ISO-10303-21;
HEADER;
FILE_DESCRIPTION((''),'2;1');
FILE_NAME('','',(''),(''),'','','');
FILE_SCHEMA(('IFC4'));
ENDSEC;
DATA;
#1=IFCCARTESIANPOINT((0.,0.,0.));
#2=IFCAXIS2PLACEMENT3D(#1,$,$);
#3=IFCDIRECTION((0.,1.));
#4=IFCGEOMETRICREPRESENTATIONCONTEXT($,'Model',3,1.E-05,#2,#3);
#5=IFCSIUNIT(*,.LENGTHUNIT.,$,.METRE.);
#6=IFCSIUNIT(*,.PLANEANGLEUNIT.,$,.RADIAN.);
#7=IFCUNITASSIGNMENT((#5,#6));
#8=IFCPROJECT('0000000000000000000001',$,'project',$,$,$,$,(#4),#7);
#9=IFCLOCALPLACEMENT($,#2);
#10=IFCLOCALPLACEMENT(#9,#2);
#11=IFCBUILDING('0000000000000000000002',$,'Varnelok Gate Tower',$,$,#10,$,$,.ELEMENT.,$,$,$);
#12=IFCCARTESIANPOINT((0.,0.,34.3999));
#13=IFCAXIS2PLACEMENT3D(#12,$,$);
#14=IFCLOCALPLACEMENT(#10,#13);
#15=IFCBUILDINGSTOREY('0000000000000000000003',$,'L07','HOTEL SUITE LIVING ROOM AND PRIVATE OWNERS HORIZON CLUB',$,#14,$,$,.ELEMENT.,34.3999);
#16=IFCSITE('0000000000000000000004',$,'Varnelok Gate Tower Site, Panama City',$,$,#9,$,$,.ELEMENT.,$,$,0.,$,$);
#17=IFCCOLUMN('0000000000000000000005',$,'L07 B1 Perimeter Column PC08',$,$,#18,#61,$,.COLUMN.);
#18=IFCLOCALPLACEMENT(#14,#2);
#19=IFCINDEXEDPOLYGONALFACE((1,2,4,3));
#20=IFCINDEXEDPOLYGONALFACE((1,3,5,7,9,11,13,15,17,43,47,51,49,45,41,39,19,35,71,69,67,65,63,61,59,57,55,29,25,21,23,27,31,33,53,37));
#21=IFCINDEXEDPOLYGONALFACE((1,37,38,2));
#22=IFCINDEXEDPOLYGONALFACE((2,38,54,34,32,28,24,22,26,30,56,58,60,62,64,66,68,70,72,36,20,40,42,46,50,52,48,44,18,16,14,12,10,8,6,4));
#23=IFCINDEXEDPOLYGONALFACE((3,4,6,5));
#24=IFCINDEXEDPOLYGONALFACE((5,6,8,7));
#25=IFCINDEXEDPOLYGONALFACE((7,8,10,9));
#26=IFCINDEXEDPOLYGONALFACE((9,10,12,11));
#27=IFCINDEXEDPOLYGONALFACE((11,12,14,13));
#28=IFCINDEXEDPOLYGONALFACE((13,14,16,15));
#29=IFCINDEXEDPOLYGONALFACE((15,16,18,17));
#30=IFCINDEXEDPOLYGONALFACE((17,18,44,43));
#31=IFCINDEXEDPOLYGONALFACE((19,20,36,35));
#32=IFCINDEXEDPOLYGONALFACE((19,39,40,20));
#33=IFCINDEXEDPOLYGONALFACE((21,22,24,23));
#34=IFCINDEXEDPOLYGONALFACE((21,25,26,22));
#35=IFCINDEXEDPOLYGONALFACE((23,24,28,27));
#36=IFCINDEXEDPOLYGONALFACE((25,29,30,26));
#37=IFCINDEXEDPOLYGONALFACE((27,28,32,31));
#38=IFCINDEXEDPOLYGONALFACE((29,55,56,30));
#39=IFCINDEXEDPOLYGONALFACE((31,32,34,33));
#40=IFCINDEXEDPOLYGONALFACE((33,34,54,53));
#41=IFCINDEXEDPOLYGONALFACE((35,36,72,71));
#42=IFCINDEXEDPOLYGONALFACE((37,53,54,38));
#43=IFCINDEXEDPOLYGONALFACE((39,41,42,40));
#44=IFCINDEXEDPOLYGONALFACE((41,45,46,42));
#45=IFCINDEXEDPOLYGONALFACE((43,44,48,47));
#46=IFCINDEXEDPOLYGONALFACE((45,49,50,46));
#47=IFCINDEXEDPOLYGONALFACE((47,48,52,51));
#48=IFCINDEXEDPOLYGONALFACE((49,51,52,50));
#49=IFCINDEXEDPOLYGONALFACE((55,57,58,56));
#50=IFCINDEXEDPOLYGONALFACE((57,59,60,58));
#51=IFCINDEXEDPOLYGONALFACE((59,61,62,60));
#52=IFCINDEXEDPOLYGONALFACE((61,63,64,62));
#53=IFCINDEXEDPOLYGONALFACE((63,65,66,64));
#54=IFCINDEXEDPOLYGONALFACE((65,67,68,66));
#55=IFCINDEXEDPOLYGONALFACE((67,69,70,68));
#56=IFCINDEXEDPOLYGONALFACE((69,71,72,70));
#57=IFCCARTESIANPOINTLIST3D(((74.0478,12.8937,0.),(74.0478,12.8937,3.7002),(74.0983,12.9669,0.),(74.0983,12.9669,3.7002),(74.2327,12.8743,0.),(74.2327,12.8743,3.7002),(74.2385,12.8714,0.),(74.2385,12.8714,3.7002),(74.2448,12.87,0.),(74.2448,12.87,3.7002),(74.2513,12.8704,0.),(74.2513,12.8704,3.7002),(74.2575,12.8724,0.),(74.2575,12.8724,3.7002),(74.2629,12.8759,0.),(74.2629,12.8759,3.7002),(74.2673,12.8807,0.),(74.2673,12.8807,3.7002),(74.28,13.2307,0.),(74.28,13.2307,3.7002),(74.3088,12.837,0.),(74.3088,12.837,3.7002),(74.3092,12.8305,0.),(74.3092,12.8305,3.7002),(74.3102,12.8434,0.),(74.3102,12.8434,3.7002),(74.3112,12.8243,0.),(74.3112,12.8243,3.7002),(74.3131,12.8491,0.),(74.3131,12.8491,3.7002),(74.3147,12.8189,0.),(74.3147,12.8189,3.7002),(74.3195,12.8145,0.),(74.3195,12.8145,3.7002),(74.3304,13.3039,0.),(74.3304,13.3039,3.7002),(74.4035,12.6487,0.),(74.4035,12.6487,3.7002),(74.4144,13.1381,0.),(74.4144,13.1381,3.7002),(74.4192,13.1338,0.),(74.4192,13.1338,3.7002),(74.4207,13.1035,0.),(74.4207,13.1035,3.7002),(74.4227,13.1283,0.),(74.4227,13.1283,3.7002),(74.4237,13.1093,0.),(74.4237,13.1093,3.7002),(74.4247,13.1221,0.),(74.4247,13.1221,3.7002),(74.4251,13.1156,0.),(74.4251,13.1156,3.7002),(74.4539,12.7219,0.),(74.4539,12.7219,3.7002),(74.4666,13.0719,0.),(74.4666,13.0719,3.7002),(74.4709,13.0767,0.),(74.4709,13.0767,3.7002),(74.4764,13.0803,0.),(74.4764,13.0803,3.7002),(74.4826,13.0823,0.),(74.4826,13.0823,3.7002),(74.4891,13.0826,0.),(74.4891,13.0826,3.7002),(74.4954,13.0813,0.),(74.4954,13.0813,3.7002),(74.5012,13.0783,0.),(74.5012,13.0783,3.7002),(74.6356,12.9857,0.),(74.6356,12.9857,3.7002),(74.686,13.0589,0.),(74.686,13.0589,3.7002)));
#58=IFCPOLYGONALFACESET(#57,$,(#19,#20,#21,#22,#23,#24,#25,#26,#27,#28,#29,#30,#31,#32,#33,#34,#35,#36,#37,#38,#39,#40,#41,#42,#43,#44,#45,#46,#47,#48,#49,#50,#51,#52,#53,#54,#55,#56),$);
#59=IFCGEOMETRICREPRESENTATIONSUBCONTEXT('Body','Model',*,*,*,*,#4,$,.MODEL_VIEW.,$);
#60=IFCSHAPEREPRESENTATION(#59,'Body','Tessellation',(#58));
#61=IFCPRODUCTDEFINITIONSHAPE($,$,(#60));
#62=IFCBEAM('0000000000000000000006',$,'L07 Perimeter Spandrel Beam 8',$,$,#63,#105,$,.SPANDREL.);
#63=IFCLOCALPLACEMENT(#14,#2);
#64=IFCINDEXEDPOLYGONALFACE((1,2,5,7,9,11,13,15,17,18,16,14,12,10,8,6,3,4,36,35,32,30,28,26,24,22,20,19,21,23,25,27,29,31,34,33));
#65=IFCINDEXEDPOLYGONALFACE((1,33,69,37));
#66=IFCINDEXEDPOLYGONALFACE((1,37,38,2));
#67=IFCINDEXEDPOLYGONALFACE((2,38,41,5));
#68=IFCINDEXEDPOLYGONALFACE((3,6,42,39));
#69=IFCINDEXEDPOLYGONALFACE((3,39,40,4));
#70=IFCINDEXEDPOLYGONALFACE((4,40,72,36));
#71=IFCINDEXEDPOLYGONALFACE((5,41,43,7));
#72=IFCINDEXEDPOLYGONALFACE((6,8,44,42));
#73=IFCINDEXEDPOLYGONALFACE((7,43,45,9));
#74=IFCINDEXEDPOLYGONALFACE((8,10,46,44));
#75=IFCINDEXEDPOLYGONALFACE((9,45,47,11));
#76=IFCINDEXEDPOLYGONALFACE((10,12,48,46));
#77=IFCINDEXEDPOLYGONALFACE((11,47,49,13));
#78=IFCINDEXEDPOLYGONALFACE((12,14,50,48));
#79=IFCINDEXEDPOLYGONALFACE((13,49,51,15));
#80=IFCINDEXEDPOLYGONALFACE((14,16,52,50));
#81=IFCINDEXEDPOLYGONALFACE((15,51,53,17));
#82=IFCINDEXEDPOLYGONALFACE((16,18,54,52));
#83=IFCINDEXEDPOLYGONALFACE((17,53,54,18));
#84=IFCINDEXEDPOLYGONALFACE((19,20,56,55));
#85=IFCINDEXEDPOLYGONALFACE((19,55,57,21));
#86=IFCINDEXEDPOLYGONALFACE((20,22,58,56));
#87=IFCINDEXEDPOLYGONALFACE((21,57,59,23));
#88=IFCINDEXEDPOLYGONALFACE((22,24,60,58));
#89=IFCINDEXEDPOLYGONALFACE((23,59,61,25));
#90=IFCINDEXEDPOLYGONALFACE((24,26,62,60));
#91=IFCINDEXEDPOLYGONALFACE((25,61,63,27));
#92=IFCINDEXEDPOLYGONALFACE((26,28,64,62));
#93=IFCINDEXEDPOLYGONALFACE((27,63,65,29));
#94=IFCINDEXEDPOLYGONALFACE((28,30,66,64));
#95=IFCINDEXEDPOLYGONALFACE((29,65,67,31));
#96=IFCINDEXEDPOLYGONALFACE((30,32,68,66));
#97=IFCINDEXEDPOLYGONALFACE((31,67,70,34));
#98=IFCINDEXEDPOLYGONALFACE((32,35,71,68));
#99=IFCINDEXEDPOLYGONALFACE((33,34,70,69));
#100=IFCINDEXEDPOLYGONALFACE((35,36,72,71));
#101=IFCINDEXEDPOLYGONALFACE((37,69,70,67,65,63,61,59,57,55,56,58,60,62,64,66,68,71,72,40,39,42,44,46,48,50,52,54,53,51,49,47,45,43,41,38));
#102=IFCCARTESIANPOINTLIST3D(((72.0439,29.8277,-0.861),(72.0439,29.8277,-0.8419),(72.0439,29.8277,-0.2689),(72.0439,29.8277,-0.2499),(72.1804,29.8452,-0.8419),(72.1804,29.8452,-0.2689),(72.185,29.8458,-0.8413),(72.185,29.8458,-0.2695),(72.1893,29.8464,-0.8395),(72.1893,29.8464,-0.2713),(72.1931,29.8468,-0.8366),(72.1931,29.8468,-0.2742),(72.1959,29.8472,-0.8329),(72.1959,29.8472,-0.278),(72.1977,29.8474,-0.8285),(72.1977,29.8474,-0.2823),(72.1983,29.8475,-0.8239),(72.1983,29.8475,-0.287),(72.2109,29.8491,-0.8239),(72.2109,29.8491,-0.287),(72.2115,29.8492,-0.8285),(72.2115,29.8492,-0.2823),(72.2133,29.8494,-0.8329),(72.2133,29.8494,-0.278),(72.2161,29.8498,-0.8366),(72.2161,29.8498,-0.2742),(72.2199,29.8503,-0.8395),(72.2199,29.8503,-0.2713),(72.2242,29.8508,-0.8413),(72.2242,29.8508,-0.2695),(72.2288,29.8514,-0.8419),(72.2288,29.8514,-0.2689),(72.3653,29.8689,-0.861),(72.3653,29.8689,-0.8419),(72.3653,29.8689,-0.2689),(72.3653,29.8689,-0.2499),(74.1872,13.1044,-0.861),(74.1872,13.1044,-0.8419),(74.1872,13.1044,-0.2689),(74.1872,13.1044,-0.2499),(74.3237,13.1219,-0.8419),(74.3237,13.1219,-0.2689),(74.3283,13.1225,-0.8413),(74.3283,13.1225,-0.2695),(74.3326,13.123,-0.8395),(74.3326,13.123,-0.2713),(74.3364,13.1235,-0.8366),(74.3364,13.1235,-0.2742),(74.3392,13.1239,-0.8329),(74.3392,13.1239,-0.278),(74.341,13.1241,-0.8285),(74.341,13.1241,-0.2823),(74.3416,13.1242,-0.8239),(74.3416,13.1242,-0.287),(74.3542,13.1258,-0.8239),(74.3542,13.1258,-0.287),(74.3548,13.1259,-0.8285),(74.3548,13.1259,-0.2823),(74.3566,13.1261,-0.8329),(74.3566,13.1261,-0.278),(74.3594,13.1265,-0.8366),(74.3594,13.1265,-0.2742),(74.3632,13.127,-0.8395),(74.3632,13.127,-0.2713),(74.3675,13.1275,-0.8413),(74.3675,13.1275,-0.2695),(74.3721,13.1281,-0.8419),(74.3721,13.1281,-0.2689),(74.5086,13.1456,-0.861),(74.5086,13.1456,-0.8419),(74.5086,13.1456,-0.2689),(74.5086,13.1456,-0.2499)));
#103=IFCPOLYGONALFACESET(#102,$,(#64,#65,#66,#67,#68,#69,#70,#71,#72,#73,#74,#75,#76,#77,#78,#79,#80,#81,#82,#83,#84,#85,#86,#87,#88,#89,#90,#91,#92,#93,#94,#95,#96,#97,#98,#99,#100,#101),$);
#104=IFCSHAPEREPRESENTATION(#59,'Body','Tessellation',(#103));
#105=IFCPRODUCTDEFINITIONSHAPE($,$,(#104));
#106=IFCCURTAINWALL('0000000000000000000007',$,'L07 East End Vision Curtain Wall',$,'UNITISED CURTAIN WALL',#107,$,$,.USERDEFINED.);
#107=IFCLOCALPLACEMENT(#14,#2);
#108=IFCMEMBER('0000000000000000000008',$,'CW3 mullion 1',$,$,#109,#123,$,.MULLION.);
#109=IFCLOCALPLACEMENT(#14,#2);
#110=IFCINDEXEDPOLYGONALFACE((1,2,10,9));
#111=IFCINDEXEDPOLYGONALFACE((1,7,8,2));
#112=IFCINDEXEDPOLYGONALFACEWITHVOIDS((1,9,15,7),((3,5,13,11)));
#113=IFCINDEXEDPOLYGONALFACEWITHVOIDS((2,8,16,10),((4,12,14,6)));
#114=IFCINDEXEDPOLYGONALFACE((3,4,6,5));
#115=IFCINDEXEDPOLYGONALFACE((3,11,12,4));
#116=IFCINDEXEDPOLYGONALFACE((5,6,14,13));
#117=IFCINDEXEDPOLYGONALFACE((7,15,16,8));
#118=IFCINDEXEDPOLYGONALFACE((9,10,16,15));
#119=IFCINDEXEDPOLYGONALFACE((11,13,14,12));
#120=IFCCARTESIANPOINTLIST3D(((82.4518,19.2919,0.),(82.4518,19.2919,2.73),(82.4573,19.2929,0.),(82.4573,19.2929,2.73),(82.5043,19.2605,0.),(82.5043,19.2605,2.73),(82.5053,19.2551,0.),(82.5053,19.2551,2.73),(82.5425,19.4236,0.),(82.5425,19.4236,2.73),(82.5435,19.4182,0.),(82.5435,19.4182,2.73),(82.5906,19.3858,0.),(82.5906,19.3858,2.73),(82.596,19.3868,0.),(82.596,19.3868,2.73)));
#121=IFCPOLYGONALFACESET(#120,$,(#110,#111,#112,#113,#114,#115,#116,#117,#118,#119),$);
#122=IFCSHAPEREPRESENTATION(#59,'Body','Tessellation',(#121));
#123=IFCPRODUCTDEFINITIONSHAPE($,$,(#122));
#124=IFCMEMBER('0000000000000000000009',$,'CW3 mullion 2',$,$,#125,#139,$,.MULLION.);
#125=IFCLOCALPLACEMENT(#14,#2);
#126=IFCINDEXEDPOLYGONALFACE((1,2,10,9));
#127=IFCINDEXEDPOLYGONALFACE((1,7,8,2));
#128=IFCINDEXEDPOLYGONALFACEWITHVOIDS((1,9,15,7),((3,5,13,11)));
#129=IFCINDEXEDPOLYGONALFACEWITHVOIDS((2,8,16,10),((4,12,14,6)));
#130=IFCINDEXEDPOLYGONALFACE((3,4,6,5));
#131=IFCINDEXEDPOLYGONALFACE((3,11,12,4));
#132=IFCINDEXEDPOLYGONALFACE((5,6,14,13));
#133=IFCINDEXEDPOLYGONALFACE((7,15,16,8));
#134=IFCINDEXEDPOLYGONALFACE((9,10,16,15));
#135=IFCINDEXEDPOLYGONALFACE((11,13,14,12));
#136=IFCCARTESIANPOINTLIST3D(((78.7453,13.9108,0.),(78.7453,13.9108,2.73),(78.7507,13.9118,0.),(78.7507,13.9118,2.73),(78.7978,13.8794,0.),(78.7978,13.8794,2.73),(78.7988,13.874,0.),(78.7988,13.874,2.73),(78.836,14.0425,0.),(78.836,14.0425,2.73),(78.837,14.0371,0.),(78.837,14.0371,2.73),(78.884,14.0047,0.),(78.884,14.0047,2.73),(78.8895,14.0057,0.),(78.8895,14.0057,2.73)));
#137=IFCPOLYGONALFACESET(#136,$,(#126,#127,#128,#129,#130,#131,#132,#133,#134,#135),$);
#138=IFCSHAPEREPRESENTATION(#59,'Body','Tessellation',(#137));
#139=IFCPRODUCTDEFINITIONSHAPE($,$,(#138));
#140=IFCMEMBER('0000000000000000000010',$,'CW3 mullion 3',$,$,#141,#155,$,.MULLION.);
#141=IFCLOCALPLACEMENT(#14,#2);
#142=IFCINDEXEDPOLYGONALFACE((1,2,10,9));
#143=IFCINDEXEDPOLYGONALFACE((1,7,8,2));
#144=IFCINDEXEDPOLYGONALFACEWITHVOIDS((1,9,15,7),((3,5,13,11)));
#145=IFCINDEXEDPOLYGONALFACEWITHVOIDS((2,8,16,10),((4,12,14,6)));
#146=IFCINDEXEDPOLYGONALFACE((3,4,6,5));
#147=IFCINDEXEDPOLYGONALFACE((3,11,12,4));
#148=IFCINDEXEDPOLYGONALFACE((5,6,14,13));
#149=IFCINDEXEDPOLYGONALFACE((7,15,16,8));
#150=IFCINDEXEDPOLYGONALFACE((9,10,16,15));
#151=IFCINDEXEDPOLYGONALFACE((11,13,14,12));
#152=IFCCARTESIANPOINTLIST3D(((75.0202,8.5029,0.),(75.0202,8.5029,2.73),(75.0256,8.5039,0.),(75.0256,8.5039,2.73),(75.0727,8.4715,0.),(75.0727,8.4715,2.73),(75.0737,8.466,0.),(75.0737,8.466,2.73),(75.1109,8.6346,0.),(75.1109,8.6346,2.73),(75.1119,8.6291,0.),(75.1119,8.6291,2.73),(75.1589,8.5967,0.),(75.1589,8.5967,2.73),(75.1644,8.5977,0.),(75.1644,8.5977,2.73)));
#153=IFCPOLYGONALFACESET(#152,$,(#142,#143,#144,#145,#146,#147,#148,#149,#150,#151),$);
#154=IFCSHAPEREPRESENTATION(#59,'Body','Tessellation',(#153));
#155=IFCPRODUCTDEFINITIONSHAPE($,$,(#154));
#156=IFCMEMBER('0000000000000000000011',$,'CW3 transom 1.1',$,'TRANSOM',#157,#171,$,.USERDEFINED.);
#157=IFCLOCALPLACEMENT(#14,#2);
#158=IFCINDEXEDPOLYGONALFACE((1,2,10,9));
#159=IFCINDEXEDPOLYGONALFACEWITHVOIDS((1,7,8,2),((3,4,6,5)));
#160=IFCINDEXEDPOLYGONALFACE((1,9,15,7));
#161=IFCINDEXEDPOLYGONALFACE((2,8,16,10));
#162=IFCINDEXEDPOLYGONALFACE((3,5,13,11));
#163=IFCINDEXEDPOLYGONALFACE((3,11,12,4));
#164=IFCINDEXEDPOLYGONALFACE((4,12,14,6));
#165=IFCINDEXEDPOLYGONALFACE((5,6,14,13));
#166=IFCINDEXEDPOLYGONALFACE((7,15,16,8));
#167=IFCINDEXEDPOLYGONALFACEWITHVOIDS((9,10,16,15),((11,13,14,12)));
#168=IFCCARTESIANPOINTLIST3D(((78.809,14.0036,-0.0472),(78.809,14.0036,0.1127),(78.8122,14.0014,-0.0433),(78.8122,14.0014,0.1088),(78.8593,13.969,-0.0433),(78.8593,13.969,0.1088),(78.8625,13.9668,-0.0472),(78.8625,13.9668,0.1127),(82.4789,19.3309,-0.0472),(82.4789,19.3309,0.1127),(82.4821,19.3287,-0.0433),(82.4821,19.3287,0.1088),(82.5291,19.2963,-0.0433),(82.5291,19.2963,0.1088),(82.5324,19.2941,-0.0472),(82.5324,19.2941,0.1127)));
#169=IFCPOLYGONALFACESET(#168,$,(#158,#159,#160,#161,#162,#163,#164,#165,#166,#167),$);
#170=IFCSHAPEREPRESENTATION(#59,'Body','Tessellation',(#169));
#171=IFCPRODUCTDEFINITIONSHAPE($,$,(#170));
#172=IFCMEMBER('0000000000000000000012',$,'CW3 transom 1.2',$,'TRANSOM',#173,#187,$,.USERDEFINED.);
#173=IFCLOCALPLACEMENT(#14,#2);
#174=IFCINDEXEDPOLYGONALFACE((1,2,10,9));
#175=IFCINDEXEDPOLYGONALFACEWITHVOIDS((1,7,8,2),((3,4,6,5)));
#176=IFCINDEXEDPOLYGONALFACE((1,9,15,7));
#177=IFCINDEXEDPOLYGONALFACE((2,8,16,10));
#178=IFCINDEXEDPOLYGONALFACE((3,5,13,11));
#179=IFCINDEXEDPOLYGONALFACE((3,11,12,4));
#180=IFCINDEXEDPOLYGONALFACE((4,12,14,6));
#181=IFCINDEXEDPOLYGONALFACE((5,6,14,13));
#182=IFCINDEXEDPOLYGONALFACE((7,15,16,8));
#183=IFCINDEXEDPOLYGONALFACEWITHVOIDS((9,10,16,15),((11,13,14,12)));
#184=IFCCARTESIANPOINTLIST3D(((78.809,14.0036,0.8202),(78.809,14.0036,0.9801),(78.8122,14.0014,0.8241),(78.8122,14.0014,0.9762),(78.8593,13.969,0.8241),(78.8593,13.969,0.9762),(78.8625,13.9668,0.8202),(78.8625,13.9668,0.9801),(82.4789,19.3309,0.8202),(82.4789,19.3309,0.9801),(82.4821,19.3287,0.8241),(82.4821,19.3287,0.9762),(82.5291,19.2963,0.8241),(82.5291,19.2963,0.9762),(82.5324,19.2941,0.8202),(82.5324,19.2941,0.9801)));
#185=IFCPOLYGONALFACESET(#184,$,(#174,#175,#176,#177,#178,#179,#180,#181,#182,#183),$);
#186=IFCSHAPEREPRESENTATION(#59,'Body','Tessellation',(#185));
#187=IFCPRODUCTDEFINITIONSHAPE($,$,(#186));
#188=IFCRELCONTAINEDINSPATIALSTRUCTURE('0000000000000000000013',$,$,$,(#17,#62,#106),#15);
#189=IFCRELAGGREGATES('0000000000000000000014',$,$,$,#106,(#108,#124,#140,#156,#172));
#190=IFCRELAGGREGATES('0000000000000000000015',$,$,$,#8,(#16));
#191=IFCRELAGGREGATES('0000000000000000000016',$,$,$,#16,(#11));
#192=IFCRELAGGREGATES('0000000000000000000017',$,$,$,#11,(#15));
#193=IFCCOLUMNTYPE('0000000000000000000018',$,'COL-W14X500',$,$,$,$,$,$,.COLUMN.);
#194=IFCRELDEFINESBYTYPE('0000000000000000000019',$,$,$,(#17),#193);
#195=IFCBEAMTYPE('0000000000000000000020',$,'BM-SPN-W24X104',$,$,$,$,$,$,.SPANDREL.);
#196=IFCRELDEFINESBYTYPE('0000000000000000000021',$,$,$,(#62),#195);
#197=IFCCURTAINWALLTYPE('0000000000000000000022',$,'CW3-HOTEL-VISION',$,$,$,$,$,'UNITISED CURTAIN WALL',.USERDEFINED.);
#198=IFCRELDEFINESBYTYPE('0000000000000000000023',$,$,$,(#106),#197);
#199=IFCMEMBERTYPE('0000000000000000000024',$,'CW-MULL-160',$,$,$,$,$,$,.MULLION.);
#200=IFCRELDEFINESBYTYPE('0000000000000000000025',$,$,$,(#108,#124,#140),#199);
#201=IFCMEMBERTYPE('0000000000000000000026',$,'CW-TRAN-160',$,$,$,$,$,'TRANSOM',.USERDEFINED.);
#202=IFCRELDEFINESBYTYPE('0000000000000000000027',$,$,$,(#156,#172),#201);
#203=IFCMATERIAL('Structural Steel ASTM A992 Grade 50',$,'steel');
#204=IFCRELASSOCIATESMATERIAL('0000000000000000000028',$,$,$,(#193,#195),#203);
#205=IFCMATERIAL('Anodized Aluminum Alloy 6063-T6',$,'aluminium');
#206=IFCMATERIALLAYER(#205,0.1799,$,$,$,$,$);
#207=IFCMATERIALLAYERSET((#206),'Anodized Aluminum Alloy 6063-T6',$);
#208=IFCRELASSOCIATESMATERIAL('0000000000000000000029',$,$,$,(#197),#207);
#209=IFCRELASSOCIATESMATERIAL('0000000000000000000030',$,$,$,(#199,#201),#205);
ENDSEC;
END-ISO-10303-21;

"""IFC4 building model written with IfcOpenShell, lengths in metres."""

from ifc_helpers import new_model, si_unit, direction, frame, origin, origin_2d, place, context, subcontext, project, spatial, hollow_rectangle, i_section, extrude, material, layer, layer_set, material_profile, profile_set, type_object, element, aggregate, save


model = new_model("IFC4")

# Units and contexts
model_context = context("Model", 3, precision=1e-05, world=origin(), true_north=direction((0.0, 1.0)))
body_context = subcontext(model_context, "Body", "Model", "MODEL_VIEW")
ifc_project = project(units=[si_unit("LENGTHUNIT", "METRE"), si_unit("PLANEANGLEUNIT", "RADIAN")], contexts=[model_context])

# Site, building, storey
site_placement = place(None, origin())
site = spatial("IfcSite", under=ifc_project, at=site_placement, Name="Varnelok Gate Tower Site, Panama City", CompositionType="ELEMENT", RefElevation=0.0)
building_placement = place(site_placement, origin())
building = spatial("IfcBuilding", under=site, at=building_placement, Name="Varnelok Gate Tower", CompositionType="ELEMENT")
storey_placement = place(building_placement, frame((0.0, 0.0, 34.3999)))
storey = spatial("IfcBuildingStorey", under=building, at=storey_placement, Name="L07", Description="HOTEL SUITE LIVING ROOM AND PRIVATE OWNERS HORIZON CLUB", CompositionType="ELEMENT", Elevation=34.3999)

# Column
ifc_material_1 = material(Name="Structural Steel ASTM A992 Grade 50", Category="steel")
ifc_material_profile_1 = material_profile(ifc_material_1, i_section(OverallWidth=0.4319, OverallDepth=0.498, WebThickness=0.0557, FlangeThickness=0.0889, FilletRadius=0.0249, at=origin_2d()), Name="W14X500")
ifc_profile_set_1 = profile_set([ifc_material_profile_1], Name="Structural Steel ASTM A992 Grade 50")
column_type = type_object("IfcColumnType", Name="COL-W14X500", PredefinedType="COLUMN", material=ifc_profile_set_1)
column_placement = place(storey_placement, frame((74.3669, 12.9763, 0.0), z_axis=(0.0, 0.0, 1.0), x_axis=(0.823533, -0.567269, 0.0)))
element("IfcColumn", 1, at=column_placement, inside=storey, type_object=column_type, Name="L07 B1 Perimeter Column PC08", PredefinedType="COLUMN", context=body_context, shape_type="SweptSolid", body=[
    extrude(i_section(OverallWidth=0.4319, OverallDepth=0.498, WebThickness=0.0557, FlangeThickness=0.0889, FilletRadius=0.0249, at=origin_2d()), origin(), (0.0, 0.0, 1.0), 3.7002),
])

# Beam
ifc_material_profile_2 = material_profile(ifc_material_1, i_section(OverallWidth=0.324, OverallDepth=0.6111, WebThickness=0.0127, FlangeThickness=0.019, FilletRadius=0.0181, at=origin_2d()), Name="W24X104")
ifc_profile_set_2 = profile_set([ifc_material_profile_2], Name="Structural Steel ASTM A992 Grade 50")
beam_type = type_object("IfcBeamType", Name="BM-SPN-W24X104", PredefinedType="SPANDREL", material=ifc_profile_set_2)
beam_placement = place(storey_placement, frame((74.3479, 13.125, -0.5554), z_axis=(-0.127123, 0.991887, 0.0), x_axis=(-0.991887, -0.127123, 0.0)))
element("IfcBeam", 2, at=beam_placement, inside=storey, type_object=beam_type, Name="L07 Perimeter Spandrel Beam 8", PredefinedType="SPANDREL", context=body_context, shape_type="SweptSolid", body=[
    extrude(i_section(OverallWidth=0.324, OverallDepth=0.6111, WebThickness=0.0127, FlangeThickness=0.019, FilletRadius=0.0181, at=origin_2d()), origin(), (0.0, 0.0, 1.0), 16.8601),
])

# Curtain wall, members
ifc_material_2 = material(Name="Anodized Aluminum Alloy 6063-T6", Category="aluminium")
ifc_layer_1 = layer(ifc_material_2, 0.1799)
ifc_layer_set_1 = layer_set([ifc_layer_1], Name="Anodized Aluminum Alloy 6063-T6")
curtain_wall_type = type_object("IfcCurtainWallType", Name="CW3-HOTEL-VISION", ElementType="UNITISED CURTAIN WALL", PredefinedType="USERDEFINED", material=ifc_layer_set_1)
curtain_wall_placement = place(storey_placement, origin())
curtain_wall = element("IfcCurtainWall", 3, at=curtain_wall_placement, inside=storey, type_object=curtain_wall_type, Name="L07 East End Vision Curtain Wall", ObjectType="UNITISED CURTAIN WALL", PredefinedType="USERDEFINED")
ifc_material_profile_3 = material_profile(ifc_material_2, hollow_rectangle(XDim=0.0649, YDim=0.1599, WallThickness=0.0039, at=origin_2d()), Name="ALU160X65X4")
ifc_profile_set_3 = profile_set([ifc_material_profile_3], Name="Anodized Aluminum Alloy 6063-T6")
member_type_1 = type_object("IfcMemberType", Name="CW-MULL-160", PredefinedType="MULLION", material=ifc_profile_set_3)
member_1_placement = place(storey_placement, frame((82.5239, 19.3394, 0.0), z_axis=(0.0, 0.0, 1.0), x_axis=(0.823533, -0.567269, 0.0)))
member_1 = element("IfcMember", 4, at=member_1_placement, type_object=member_type_1, Name="CW3 mullion 1", PredefinedType="MULLION", context=body_context, shape_type="SweptSolid", body=[
    extrude(hollow_rectangle(XDim=0.0649, YDim=0.1599, WallThickness=0.0039, at=origin_2d()), origin(), (0.0, 0.0, 1.0), 2.73),
])
member_2_placement = place(storey_placement, frame((78.8174, 13.9583, 0.0), z_axis=(0.0, 0.0, 1.0), x_axis=(0.823533, -0.567269, 0.0)))
member_2 = element("IfcMember", 5, at=member_2_placement, type_object=member_type_1, Name="CW3 mullion 2", PredefinedType="MULLION", context=body_context, shape_type="SweptSolid", body=[
    extrude(hollow_rectangle(XDim=0.0649, YDim=0.1599, WallThickness=0.0039, at=origin_2d()), origin(), (0.0, 0.0, 1.0), 2.73),
])
member_3_placement = place(storey_placement, frame((75.0923, 8.5503, 0.0), z_axis=(0.0, 0.0, 1.0), x_axis=(0.823533, -0.567269, 0.0)))
member_3 = element("IfcMember", 6, at=member_3_placement, type_object=member_type_1, Name="CW3 mullion 3", PredefinedType="MULLION", context=body_context, shape_type="SweptSolid", body=[
    extrude(hollow_rectangle(XDim=0.0649, YDim=0.1599, WallThickness=0.0039, at=origin_2d()), origin(), (0.0, 0.0, 1.0), 2.73),
])
ifc_material_profile_4 = material_profile(ifc_material_2, hollow_rectangle(XDim=0.0649, YDim=0.1599, WallThickness=0.0039, at=origin_2d()), Name="ALU160X65X4")
ifc_profile_set_4 = profile_set([ifc_material_profile_4], Name="Anodized Aluminum Alloy 6063-T6")
member_type_2 = type_object("IfcMemberType", Name="CW-TRAN-160", ElementType="TRANSOM", PredefinedType="USERDEFINED", material=ifc_profile_set_4)
member_4_placement = place(storey_placement, frame((82.5056, 19.3125, 0.0327), z_axis=(-0.567299, -0.823512, 0.0), x_axis=(0.823512, -0.567299, 0.0)))
member_4 = element("IfcMember", 7, at=member_4_placement, type_object=member_type_2, Name="CW3 transom 1.1", ObjectType="TRANSOM", PredefinedType="USERDEFINED", context=body_context, shape_type="SweptSolid", body=[
    extrude(hollow_rectangle(XDim=0.0649, YDim=0.1599, WallThickness=0.0039, at=origin_2d()), origin(), (0.0, 0.0, 1.0), 6.469),
])
member_5_placement = place(storey_placement, frame((82.5056, 19.3125, 0.9001), z_axis=(-0.567299, -0.823512, 0.0), x_axis=(0.823512, -0.567299, 0.0)))
member_5 = element("IfcMember", 8, at=member_5_placement, type_object=member_type_2, Name="CW3 transom 1.2", ObjectType="TRANSOM", PredefinedType="USERDEFINED", context=body_context, shape_type="SweptSolid", body=[
    extrude(hollow_rectangle(XDim=0.0649, YDim=0.1599, WallThickness=0.0039, at=origin_2d()), origin(), (0.0, 0.0, 1.0), 6.469),
])
aggregate(curtain_wall, [member_1, member_2, member_3, member_4, member_5])

save(model, "model.ifc")
